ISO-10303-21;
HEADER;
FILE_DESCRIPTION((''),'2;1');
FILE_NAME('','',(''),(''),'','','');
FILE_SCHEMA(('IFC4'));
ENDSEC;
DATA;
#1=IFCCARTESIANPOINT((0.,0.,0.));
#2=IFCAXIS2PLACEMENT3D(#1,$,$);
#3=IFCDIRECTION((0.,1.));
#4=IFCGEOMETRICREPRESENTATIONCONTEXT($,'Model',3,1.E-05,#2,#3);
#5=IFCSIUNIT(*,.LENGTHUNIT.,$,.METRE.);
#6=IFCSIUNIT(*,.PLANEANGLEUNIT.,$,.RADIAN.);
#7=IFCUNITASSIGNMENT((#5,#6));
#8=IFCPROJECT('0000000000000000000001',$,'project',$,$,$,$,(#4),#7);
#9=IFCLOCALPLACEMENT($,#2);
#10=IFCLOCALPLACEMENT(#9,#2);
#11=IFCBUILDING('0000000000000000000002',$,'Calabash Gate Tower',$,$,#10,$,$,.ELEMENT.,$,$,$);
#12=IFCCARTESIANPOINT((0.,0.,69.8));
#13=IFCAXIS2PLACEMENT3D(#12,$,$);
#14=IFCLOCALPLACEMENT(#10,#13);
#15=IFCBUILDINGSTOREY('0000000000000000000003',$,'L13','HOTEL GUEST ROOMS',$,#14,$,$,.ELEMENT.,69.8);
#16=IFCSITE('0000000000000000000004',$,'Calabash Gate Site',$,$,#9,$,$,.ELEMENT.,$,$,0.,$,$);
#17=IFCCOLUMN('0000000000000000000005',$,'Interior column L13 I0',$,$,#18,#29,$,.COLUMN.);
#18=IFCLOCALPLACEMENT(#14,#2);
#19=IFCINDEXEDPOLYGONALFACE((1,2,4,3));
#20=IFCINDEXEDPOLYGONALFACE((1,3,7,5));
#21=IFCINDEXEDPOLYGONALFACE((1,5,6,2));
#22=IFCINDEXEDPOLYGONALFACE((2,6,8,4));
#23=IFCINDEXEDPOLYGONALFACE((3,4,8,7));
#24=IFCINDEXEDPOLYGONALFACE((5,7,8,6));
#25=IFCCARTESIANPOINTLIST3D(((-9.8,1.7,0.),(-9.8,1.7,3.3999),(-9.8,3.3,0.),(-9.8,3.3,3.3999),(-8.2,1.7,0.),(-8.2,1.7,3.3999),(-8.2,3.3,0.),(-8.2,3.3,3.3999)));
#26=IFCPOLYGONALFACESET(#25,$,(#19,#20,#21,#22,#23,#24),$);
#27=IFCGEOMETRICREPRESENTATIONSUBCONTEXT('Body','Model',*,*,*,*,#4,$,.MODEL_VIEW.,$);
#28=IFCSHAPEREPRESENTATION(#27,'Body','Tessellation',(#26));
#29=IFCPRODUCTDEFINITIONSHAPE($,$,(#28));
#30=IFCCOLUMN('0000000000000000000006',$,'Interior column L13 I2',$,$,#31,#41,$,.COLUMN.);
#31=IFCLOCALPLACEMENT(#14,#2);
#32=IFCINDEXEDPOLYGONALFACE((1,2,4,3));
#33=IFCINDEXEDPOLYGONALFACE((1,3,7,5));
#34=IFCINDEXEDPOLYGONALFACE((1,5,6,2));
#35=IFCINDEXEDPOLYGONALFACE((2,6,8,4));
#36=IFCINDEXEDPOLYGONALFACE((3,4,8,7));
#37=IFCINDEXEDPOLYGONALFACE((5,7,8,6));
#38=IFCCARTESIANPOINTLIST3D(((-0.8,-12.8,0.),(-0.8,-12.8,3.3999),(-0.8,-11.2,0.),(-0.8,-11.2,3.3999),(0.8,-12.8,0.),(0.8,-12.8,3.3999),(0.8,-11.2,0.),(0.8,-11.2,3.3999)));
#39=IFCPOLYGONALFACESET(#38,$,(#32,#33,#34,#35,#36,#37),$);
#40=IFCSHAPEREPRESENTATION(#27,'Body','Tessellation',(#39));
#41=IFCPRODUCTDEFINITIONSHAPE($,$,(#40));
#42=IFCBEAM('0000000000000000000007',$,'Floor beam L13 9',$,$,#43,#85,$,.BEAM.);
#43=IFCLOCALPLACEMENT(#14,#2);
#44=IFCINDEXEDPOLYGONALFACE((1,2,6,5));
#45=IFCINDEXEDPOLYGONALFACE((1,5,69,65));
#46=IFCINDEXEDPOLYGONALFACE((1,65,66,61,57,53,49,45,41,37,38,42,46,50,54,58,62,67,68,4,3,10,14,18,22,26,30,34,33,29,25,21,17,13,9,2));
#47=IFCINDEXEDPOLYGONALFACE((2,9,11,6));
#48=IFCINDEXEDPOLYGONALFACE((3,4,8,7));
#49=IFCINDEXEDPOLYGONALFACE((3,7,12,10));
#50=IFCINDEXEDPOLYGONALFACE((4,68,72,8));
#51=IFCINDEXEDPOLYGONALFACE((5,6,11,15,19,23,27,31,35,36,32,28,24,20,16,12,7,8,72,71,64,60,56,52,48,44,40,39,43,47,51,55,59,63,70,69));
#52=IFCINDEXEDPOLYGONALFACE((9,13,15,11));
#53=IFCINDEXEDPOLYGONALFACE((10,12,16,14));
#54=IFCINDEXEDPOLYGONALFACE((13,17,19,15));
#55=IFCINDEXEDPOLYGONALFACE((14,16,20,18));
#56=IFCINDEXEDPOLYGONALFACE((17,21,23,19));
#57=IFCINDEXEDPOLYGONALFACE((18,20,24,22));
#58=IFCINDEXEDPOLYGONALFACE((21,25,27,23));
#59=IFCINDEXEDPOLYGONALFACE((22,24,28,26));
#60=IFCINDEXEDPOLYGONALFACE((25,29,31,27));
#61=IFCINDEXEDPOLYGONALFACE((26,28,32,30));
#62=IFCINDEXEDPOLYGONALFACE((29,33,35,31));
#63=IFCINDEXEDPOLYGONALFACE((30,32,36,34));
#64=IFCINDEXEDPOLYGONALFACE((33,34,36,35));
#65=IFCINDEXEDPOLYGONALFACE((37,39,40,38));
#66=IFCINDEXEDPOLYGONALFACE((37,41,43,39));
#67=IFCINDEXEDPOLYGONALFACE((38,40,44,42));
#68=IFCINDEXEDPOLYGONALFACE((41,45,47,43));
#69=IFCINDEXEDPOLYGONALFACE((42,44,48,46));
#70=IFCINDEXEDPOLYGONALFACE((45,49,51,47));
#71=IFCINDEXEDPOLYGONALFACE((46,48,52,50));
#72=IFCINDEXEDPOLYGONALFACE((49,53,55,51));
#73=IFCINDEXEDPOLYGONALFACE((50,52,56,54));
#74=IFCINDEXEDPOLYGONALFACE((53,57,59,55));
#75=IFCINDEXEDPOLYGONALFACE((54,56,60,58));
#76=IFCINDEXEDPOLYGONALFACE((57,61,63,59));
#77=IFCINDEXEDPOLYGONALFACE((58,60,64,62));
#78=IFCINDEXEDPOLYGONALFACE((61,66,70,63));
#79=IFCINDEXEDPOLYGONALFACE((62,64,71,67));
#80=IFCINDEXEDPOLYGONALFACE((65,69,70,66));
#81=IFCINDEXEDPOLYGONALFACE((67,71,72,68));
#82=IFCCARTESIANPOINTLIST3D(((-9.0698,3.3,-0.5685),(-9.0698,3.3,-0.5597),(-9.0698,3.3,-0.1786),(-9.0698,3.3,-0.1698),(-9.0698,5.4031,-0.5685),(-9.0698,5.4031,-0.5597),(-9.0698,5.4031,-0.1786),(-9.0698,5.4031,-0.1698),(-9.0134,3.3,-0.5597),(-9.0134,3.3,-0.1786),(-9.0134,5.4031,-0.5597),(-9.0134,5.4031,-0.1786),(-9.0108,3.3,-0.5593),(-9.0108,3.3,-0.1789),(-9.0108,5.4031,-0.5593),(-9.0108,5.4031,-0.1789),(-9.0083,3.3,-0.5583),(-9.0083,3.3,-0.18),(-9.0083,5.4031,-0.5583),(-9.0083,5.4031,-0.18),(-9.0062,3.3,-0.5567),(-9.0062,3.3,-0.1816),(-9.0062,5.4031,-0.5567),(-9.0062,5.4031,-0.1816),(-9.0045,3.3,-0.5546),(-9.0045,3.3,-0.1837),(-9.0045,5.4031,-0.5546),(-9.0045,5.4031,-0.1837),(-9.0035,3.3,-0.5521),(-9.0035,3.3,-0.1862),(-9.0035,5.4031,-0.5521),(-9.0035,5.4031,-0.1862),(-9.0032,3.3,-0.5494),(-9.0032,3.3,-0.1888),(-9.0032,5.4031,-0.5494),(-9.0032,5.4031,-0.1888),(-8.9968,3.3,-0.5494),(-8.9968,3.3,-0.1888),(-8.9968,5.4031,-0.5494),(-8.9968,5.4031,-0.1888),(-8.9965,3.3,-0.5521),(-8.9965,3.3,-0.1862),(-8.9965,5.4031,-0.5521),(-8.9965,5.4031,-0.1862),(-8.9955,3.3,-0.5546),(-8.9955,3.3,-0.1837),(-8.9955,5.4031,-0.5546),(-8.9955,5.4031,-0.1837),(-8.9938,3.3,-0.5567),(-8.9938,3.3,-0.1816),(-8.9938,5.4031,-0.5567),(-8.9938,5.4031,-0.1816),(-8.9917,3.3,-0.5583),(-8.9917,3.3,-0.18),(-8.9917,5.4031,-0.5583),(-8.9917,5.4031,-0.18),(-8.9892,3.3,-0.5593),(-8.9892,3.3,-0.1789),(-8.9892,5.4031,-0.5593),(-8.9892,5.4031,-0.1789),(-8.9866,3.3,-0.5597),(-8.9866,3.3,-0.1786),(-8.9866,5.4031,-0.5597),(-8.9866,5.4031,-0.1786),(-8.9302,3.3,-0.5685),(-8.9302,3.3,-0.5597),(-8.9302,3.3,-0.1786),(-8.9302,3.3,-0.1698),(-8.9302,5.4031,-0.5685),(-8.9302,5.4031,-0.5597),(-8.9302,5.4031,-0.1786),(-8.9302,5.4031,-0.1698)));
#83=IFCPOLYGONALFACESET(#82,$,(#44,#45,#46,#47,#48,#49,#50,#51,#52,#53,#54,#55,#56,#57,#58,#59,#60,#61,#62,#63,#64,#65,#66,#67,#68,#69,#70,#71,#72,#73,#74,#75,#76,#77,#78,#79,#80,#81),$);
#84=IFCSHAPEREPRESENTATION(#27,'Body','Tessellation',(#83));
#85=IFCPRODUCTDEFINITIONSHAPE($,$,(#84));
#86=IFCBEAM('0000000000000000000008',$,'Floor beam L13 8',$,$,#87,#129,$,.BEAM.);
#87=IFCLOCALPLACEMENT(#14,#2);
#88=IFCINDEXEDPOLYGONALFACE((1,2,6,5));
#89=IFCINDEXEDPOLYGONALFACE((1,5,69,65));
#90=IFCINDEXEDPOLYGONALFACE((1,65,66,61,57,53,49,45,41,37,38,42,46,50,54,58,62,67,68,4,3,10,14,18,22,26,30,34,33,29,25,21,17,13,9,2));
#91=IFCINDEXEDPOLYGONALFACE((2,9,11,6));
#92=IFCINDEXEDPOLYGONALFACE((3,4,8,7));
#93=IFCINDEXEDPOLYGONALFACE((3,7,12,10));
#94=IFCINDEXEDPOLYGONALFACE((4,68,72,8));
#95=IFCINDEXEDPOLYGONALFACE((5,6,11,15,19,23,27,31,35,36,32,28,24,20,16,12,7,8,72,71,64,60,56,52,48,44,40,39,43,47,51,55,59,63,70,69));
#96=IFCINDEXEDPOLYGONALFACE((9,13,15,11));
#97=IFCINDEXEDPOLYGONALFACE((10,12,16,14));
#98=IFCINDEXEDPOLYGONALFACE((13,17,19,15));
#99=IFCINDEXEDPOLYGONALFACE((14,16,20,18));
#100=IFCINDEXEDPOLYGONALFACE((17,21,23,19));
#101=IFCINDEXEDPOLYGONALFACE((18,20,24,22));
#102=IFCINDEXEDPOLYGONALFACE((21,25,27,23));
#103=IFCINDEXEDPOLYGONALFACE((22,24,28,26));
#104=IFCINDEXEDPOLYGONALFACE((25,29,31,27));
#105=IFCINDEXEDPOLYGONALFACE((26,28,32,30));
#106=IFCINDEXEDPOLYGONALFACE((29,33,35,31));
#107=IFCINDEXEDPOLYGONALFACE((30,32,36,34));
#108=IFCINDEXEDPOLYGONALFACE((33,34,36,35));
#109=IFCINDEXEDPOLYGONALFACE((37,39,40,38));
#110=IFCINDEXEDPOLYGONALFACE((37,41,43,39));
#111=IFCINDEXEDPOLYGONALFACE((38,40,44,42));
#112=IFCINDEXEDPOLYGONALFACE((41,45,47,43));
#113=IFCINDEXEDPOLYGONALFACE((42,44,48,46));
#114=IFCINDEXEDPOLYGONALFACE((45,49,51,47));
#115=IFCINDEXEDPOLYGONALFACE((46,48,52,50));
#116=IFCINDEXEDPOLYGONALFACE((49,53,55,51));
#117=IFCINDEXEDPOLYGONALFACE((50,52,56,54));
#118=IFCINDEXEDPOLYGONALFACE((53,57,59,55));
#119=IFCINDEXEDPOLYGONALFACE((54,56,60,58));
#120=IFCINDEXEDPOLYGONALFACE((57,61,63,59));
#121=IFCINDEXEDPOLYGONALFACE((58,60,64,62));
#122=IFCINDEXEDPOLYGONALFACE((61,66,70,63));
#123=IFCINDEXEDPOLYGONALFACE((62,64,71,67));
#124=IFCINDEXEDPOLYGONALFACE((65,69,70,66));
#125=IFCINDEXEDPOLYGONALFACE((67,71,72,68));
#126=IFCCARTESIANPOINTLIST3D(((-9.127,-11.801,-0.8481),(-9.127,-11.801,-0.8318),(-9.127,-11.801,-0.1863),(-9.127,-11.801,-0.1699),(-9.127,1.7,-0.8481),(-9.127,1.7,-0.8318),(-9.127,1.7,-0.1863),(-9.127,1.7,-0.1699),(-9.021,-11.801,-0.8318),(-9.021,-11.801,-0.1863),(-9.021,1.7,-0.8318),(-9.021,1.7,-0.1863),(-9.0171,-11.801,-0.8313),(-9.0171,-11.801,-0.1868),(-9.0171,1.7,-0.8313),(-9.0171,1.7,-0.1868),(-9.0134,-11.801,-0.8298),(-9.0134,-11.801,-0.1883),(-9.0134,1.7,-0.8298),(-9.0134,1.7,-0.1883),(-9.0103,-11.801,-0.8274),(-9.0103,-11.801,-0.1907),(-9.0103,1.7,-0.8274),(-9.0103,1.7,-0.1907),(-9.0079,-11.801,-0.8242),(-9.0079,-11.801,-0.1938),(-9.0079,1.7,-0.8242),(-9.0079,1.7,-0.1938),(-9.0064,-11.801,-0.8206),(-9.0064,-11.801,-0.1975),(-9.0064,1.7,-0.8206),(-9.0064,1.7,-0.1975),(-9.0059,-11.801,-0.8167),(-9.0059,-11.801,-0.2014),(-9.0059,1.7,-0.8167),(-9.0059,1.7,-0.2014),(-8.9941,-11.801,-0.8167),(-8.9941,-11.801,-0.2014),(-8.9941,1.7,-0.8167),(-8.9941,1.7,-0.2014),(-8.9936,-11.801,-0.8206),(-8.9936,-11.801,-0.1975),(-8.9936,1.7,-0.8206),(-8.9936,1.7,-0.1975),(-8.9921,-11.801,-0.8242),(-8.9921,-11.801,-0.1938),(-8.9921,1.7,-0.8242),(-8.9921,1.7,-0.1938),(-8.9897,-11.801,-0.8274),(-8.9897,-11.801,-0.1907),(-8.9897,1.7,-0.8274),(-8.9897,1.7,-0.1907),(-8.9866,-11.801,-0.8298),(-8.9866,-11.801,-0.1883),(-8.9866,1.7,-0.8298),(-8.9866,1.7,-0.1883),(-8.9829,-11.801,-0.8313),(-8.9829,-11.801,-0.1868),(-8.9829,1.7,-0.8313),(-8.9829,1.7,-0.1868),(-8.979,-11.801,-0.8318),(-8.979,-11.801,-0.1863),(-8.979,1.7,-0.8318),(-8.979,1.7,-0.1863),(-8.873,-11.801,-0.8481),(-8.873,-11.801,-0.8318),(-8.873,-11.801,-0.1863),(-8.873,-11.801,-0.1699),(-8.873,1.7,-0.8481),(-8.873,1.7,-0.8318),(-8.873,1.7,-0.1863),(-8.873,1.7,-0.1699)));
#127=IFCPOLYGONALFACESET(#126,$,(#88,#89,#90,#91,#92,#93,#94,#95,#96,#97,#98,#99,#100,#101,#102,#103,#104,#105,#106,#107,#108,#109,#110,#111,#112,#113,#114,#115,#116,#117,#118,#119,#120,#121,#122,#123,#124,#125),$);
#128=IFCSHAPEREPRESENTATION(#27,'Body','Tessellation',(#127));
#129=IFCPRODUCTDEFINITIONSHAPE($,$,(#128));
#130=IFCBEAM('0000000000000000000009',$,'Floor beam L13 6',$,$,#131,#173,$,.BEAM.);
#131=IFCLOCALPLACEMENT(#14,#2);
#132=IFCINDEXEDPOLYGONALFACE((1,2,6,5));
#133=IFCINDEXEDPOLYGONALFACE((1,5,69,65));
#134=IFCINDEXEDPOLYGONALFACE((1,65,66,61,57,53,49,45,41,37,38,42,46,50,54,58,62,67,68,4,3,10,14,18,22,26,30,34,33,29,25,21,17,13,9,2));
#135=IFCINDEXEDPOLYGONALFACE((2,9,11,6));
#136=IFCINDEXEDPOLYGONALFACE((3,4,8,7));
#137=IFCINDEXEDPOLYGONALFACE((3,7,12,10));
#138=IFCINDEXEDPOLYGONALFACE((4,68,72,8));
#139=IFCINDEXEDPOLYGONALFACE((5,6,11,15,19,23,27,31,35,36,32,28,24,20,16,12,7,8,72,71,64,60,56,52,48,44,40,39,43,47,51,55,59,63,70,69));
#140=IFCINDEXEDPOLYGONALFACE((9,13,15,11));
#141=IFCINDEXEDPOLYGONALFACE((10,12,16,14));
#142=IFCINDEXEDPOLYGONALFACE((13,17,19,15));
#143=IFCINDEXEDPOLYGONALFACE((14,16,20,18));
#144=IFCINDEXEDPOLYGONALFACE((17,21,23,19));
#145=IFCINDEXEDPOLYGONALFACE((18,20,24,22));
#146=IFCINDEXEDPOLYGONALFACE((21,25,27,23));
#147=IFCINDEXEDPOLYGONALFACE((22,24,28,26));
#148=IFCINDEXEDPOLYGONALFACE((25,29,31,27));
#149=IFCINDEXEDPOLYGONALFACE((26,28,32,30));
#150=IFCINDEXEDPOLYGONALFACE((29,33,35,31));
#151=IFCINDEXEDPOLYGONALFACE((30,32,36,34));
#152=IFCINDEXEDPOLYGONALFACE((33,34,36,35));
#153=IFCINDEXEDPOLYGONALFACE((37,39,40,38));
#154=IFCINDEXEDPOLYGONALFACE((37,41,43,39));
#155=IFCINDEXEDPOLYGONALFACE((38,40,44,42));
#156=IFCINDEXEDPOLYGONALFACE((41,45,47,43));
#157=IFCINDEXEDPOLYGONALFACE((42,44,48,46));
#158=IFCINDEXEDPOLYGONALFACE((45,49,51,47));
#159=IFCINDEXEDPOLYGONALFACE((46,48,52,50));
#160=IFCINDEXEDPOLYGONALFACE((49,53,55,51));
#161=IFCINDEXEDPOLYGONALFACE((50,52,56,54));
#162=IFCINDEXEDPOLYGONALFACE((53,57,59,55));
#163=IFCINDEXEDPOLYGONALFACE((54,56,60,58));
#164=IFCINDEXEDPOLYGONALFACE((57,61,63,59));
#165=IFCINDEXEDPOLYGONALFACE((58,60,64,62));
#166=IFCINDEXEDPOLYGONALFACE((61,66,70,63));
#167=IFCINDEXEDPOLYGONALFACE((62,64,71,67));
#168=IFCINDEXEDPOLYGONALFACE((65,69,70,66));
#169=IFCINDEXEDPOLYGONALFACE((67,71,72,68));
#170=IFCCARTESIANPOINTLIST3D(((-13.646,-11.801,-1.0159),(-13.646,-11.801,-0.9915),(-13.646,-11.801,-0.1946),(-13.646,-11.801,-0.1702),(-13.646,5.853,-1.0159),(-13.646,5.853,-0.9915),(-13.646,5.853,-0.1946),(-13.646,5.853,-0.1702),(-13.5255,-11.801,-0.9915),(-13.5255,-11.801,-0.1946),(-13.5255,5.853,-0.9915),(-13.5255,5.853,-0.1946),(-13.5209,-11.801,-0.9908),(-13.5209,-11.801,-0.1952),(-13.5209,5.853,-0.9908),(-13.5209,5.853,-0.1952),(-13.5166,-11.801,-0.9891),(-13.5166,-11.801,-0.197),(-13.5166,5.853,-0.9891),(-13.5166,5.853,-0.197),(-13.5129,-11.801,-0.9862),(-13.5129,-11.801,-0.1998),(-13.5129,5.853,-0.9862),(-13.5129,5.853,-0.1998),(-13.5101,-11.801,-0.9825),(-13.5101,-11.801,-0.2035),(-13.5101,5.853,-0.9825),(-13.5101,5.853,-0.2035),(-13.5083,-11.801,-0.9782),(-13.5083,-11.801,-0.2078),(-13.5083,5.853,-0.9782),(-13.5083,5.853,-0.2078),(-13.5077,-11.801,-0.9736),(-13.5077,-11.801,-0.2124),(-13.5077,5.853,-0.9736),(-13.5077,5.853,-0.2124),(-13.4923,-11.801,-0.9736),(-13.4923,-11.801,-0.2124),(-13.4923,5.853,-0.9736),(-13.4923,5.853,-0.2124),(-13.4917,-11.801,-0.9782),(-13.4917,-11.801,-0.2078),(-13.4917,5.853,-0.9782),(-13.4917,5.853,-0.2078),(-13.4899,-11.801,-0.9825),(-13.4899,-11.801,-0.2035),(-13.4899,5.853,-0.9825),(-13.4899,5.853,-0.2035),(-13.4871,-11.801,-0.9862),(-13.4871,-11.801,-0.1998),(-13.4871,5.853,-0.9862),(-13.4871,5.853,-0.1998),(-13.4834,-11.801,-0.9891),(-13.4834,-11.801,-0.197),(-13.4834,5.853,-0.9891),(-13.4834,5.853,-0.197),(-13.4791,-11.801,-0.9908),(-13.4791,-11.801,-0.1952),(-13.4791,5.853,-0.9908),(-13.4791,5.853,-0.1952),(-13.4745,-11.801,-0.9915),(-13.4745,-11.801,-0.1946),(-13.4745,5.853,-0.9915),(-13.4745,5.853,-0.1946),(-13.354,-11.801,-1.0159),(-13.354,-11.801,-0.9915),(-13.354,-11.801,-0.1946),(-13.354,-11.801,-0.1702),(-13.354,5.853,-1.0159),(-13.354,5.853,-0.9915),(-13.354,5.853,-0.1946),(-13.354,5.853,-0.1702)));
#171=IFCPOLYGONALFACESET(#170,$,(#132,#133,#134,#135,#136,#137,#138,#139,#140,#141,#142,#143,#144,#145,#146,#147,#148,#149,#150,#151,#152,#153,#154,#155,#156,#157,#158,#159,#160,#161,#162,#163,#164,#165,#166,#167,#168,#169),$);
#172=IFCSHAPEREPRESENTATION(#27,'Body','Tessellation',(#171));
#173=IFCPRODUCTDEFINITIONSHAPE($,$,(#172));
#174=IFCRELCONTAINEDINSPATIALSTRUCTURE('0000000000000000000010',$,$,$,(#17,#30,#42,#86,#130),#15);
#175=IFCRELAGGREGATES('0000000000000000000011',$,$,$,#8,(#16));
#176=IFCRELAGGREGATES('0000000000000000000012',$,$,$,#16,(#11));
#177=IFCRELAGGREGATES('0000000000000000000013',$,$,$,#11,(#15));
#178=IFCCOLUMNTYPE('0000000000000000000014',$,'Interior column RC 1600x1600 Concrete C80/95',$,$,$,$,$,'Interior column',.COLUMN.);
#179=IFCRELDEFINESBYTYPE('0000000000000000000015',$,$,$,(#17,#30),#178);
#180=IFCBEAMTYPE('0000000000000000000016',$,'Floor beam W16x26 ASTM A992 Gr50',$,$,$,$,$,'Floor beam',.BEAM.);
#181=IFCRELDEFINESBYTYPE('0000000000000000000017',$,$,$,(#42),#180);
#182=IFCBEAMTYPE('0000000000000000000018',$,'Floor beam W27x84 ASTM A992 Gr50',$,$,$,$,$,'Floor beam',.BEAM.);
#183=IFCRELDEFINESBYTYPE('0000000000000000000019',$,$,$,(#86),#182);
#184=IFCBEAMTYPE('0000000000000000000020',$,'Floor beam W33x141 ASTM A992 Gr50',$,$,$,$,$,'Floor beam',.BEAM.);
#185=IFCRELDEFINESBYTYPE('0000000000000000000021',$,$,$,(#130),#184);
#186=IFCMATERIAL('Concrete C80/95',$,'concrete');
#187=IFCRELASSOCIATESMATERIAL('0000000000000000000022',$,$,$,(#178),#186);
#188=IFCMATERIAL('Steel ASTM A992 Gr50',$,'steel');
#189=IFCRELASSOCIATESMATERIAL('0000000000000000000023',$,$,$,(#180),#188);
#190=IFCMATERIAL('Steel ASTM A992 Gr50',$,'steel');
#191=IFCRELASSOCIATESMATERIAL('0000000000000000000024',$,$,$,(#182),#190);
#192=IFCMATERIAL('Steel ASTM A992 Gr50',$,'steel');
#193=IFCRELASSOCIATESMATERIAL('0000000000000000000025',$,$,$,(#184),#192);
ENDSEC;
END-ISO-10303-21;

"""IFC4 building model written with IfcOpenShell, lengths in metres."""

from ifc_helpers import new_model, si_unit, direction, frame, origin, origin_2d, place, context, subcontext, project, spatial, rectangle, i_section, extrude, material, material_profile, profile_set, type_object, element, save


model = new_model("IFC4")

# Units and contexts
model_context = context("Model", 3, precision=1e-05, world=origin(), true_north=direction((0.0, 1.0)))
body_context = subcontext(model_context, "Body", "Model", "MODEL_VIEW")
ifc_project = project(units=[si_unit("LENGTHUNIT", "METRE"), si_unit("PLANEANGLEUNIT", "RADIAN")], contexts=[model_context])

# Site, building, storey
site_placement = place(None, origin())
site = spatial("IfcSite", under=ifc_project, at=site_placement, Name="Calabash Gate Site", CompositionType="ELEMENT", RefElevation=0.0)
building_placement = place(site_placement, origin())
building = spatial("IfcBuilding", under=site, at=building_placement, Name="Calabash Gate Tower", CompositionType="ELEMENT")
storey_placement = place(building_placement, frame((0.0, 0.0, 69.8)))
storey = spatial("IfcBuildingStorey", under=building, at=storey_placement, Name="L13", Description="HOTEL GUEST ROOMS", CompositionType="ELEMENT", Elevation=69.8)

# Columns
ifc_material_1 = material(Name="Concrete C80/95", Category="concrete")
ifc_material_profile_1 = material_profile(ifc_material_1, rectangle(XDim=1.6001, YDim=1.6001, at=origin_2d()))
ifc_profile_set_1 = profile_set([ifc_material_profile_1], Name="Concrete C80/95")
column_type = type_object("IfcColumnType", Name="Interior column RC 1600x1600 Concrete C80/95", ElementType="Interior column", PredefinedType="COLUMN", material=ifc_profile_set_1)
for number, where, z_axis, x_axis, name in (
    (1, (-9.0, 2.5, 0.0), (0.0, 0.0, 1.0), (1.0, 0.0, 0.0), "Interior column L13 I0"),
    (2, (0.0, -12.0, 0.0), (0.0, 0.0, 1.0), (1.0, 0.0, 0.0), "Interior column L13 I2"),
):
    element("IfcColumn", number, at=place(storey_placement, frame(where, z_axis=z_axis, x_axis=x_axis)), inside=storey, type_object=column_type, Name=name, PredefinedType="COLUMN", context=body_context, shape_type="SweptSolid", body=[
        extrude(rectangle(XDim=1.6001, YDim=1.6001, at=origin_2d()), origin(), (0.0, 0.0, 1.0), 3.3999),
    ])

# Beams
ifc_material_2 = material(Name="Steel ASTM A992 Gr50", Category="steel")
ifc_material_profile_2 = material_profile(ifc_material_2, i_section(OverallWidth=0.1396, OverallDepth=0.3987, WebThickness=0.0063, FlangeThickness=0.0088, FilletRadius=0.0103, at=origin_2d()))
ifc_profile_set_2 = profile_set([ifc_material_profile_2], Name="Steel ASTM A992 Gr50")
beam_type_1 = type_object("IfcBeamType", Name="Floor beam W16x26 ASTM A992 Gr50", ElementType="Floor beam", PredefinedType="BEAM", material=ifc_profile_set_2)
beam_1_placement = place(storey_placement, frame((-9.0, 3.3, -0.3691), z_axis=(0.0, 1.0, 0.0), x_axis=(-1.0, 0.0, 0.0)))
element("IfcBeam", 3, at=beam_1_placement, inside=storey, type_object=beam_type_1, Name="Floor beam L13 9", PredefinedType="BEAM", context=body_context, shape_type="SweptSolid", body=[
    extrude(i_section(OverallWidth=0.1396, OverallDepth=0.3987, WebThickness=0.0063, FlangeThickness=0.0088, FilletRadius=0.0103, at=origin_2d()), origin(), (0.0, 0.0, 1.0), 2.103),
])
ifc_material_3 = material(Name="Steel ASTM A992 Gr50", Category="steel")
ifc_material_profile_3 = material_profile(ifc_material_3, i_section(OverallWidth=0.2539, OverallDepth=0.6782, WebThickness=0.0117, FlangeThickness=0.0164, FilletRadius=0.0151, at=origin_2d()))
ifc_profile_set_3 = profile_set([ifc_material_profile_3], Name="Steel ASTM A992 Gr50")
beam_type_2 = type_object("IfcBeamType", Name="Floor beam W27x84 ASTM A992 Gr50", ElementType="Floor beam", PredefinedType="BEAM", material=ifc_profile_set_3)
beam_2_placement = place(storey_placement, frame((-9.0, -11.801, -0.509), z_axis=(0.0, 1.0, 0.0), x_axis=(-1.0, 0.0, 0.0)))
element("IfcBeam", 4, at=beam_2_placement, inside=storey, type_object=beam_type_2, Name="Floor beam L13 8", PredefinedType="BEAM", context=body_context, shape_type="SweptSolid", body=[
    extrude(i_section(OverallWidth=0.2539, OverallDepth=0.6782, WebThickness=0.0117, FlangeThickness=0.0164, FilletRadius=0.0151, at=origin_2d()), origin(), (0.0, 0.0, 1.0), 13.501),
])
ifc_material_4 = material(Name="Steel ASTM A992 Gr50", Category="steel")
ifc_material_profile_4 = material_profile(ifc_material_4, i_section(OverallWidth=0.292, OverallDepth=0.8457, WebThickness=0.0154, FlangeThickness=0.0244, FilletRadius=0.0178, at=origin_2d()))
ifc_profile_set_4 = profile_set([ifc_material_profile_4], Name="Steel ASTM A992 Gr50")
beam_type_3 = type_object("IfcBeamType", Name="Floor beam W33x141 ASTM A992 Gr50", ElementType="Floor beam", PredefinedType="BEAM", material=ifc_profile_set_4)
beam_3_placement = place(storey_placement, frame((-13.5, -11.801, -0.593), z_axis=(0.0, 1.0, 0.0), x_axis=(-1.0, 0.0, 0.0)))
element("IfcBeam", 5, at=beam_3_placement, inside=storey, type_object=beam_type_3, Name="Floor beam L13 6", PredefinedType="BEAM", context=body_context, shape_type="SweptSolid", body=[
    extrude(i_section(OverallWidth=0.292, OverallDepth=0.8457, WebThickness=0.0154, FlangeThickness=0.0244, FilletRadius=0.0178, at=origin_2d()), origin(), (0.0, 0.0, 1.0), 17.6541),
])

save(model, "model.ifc")
